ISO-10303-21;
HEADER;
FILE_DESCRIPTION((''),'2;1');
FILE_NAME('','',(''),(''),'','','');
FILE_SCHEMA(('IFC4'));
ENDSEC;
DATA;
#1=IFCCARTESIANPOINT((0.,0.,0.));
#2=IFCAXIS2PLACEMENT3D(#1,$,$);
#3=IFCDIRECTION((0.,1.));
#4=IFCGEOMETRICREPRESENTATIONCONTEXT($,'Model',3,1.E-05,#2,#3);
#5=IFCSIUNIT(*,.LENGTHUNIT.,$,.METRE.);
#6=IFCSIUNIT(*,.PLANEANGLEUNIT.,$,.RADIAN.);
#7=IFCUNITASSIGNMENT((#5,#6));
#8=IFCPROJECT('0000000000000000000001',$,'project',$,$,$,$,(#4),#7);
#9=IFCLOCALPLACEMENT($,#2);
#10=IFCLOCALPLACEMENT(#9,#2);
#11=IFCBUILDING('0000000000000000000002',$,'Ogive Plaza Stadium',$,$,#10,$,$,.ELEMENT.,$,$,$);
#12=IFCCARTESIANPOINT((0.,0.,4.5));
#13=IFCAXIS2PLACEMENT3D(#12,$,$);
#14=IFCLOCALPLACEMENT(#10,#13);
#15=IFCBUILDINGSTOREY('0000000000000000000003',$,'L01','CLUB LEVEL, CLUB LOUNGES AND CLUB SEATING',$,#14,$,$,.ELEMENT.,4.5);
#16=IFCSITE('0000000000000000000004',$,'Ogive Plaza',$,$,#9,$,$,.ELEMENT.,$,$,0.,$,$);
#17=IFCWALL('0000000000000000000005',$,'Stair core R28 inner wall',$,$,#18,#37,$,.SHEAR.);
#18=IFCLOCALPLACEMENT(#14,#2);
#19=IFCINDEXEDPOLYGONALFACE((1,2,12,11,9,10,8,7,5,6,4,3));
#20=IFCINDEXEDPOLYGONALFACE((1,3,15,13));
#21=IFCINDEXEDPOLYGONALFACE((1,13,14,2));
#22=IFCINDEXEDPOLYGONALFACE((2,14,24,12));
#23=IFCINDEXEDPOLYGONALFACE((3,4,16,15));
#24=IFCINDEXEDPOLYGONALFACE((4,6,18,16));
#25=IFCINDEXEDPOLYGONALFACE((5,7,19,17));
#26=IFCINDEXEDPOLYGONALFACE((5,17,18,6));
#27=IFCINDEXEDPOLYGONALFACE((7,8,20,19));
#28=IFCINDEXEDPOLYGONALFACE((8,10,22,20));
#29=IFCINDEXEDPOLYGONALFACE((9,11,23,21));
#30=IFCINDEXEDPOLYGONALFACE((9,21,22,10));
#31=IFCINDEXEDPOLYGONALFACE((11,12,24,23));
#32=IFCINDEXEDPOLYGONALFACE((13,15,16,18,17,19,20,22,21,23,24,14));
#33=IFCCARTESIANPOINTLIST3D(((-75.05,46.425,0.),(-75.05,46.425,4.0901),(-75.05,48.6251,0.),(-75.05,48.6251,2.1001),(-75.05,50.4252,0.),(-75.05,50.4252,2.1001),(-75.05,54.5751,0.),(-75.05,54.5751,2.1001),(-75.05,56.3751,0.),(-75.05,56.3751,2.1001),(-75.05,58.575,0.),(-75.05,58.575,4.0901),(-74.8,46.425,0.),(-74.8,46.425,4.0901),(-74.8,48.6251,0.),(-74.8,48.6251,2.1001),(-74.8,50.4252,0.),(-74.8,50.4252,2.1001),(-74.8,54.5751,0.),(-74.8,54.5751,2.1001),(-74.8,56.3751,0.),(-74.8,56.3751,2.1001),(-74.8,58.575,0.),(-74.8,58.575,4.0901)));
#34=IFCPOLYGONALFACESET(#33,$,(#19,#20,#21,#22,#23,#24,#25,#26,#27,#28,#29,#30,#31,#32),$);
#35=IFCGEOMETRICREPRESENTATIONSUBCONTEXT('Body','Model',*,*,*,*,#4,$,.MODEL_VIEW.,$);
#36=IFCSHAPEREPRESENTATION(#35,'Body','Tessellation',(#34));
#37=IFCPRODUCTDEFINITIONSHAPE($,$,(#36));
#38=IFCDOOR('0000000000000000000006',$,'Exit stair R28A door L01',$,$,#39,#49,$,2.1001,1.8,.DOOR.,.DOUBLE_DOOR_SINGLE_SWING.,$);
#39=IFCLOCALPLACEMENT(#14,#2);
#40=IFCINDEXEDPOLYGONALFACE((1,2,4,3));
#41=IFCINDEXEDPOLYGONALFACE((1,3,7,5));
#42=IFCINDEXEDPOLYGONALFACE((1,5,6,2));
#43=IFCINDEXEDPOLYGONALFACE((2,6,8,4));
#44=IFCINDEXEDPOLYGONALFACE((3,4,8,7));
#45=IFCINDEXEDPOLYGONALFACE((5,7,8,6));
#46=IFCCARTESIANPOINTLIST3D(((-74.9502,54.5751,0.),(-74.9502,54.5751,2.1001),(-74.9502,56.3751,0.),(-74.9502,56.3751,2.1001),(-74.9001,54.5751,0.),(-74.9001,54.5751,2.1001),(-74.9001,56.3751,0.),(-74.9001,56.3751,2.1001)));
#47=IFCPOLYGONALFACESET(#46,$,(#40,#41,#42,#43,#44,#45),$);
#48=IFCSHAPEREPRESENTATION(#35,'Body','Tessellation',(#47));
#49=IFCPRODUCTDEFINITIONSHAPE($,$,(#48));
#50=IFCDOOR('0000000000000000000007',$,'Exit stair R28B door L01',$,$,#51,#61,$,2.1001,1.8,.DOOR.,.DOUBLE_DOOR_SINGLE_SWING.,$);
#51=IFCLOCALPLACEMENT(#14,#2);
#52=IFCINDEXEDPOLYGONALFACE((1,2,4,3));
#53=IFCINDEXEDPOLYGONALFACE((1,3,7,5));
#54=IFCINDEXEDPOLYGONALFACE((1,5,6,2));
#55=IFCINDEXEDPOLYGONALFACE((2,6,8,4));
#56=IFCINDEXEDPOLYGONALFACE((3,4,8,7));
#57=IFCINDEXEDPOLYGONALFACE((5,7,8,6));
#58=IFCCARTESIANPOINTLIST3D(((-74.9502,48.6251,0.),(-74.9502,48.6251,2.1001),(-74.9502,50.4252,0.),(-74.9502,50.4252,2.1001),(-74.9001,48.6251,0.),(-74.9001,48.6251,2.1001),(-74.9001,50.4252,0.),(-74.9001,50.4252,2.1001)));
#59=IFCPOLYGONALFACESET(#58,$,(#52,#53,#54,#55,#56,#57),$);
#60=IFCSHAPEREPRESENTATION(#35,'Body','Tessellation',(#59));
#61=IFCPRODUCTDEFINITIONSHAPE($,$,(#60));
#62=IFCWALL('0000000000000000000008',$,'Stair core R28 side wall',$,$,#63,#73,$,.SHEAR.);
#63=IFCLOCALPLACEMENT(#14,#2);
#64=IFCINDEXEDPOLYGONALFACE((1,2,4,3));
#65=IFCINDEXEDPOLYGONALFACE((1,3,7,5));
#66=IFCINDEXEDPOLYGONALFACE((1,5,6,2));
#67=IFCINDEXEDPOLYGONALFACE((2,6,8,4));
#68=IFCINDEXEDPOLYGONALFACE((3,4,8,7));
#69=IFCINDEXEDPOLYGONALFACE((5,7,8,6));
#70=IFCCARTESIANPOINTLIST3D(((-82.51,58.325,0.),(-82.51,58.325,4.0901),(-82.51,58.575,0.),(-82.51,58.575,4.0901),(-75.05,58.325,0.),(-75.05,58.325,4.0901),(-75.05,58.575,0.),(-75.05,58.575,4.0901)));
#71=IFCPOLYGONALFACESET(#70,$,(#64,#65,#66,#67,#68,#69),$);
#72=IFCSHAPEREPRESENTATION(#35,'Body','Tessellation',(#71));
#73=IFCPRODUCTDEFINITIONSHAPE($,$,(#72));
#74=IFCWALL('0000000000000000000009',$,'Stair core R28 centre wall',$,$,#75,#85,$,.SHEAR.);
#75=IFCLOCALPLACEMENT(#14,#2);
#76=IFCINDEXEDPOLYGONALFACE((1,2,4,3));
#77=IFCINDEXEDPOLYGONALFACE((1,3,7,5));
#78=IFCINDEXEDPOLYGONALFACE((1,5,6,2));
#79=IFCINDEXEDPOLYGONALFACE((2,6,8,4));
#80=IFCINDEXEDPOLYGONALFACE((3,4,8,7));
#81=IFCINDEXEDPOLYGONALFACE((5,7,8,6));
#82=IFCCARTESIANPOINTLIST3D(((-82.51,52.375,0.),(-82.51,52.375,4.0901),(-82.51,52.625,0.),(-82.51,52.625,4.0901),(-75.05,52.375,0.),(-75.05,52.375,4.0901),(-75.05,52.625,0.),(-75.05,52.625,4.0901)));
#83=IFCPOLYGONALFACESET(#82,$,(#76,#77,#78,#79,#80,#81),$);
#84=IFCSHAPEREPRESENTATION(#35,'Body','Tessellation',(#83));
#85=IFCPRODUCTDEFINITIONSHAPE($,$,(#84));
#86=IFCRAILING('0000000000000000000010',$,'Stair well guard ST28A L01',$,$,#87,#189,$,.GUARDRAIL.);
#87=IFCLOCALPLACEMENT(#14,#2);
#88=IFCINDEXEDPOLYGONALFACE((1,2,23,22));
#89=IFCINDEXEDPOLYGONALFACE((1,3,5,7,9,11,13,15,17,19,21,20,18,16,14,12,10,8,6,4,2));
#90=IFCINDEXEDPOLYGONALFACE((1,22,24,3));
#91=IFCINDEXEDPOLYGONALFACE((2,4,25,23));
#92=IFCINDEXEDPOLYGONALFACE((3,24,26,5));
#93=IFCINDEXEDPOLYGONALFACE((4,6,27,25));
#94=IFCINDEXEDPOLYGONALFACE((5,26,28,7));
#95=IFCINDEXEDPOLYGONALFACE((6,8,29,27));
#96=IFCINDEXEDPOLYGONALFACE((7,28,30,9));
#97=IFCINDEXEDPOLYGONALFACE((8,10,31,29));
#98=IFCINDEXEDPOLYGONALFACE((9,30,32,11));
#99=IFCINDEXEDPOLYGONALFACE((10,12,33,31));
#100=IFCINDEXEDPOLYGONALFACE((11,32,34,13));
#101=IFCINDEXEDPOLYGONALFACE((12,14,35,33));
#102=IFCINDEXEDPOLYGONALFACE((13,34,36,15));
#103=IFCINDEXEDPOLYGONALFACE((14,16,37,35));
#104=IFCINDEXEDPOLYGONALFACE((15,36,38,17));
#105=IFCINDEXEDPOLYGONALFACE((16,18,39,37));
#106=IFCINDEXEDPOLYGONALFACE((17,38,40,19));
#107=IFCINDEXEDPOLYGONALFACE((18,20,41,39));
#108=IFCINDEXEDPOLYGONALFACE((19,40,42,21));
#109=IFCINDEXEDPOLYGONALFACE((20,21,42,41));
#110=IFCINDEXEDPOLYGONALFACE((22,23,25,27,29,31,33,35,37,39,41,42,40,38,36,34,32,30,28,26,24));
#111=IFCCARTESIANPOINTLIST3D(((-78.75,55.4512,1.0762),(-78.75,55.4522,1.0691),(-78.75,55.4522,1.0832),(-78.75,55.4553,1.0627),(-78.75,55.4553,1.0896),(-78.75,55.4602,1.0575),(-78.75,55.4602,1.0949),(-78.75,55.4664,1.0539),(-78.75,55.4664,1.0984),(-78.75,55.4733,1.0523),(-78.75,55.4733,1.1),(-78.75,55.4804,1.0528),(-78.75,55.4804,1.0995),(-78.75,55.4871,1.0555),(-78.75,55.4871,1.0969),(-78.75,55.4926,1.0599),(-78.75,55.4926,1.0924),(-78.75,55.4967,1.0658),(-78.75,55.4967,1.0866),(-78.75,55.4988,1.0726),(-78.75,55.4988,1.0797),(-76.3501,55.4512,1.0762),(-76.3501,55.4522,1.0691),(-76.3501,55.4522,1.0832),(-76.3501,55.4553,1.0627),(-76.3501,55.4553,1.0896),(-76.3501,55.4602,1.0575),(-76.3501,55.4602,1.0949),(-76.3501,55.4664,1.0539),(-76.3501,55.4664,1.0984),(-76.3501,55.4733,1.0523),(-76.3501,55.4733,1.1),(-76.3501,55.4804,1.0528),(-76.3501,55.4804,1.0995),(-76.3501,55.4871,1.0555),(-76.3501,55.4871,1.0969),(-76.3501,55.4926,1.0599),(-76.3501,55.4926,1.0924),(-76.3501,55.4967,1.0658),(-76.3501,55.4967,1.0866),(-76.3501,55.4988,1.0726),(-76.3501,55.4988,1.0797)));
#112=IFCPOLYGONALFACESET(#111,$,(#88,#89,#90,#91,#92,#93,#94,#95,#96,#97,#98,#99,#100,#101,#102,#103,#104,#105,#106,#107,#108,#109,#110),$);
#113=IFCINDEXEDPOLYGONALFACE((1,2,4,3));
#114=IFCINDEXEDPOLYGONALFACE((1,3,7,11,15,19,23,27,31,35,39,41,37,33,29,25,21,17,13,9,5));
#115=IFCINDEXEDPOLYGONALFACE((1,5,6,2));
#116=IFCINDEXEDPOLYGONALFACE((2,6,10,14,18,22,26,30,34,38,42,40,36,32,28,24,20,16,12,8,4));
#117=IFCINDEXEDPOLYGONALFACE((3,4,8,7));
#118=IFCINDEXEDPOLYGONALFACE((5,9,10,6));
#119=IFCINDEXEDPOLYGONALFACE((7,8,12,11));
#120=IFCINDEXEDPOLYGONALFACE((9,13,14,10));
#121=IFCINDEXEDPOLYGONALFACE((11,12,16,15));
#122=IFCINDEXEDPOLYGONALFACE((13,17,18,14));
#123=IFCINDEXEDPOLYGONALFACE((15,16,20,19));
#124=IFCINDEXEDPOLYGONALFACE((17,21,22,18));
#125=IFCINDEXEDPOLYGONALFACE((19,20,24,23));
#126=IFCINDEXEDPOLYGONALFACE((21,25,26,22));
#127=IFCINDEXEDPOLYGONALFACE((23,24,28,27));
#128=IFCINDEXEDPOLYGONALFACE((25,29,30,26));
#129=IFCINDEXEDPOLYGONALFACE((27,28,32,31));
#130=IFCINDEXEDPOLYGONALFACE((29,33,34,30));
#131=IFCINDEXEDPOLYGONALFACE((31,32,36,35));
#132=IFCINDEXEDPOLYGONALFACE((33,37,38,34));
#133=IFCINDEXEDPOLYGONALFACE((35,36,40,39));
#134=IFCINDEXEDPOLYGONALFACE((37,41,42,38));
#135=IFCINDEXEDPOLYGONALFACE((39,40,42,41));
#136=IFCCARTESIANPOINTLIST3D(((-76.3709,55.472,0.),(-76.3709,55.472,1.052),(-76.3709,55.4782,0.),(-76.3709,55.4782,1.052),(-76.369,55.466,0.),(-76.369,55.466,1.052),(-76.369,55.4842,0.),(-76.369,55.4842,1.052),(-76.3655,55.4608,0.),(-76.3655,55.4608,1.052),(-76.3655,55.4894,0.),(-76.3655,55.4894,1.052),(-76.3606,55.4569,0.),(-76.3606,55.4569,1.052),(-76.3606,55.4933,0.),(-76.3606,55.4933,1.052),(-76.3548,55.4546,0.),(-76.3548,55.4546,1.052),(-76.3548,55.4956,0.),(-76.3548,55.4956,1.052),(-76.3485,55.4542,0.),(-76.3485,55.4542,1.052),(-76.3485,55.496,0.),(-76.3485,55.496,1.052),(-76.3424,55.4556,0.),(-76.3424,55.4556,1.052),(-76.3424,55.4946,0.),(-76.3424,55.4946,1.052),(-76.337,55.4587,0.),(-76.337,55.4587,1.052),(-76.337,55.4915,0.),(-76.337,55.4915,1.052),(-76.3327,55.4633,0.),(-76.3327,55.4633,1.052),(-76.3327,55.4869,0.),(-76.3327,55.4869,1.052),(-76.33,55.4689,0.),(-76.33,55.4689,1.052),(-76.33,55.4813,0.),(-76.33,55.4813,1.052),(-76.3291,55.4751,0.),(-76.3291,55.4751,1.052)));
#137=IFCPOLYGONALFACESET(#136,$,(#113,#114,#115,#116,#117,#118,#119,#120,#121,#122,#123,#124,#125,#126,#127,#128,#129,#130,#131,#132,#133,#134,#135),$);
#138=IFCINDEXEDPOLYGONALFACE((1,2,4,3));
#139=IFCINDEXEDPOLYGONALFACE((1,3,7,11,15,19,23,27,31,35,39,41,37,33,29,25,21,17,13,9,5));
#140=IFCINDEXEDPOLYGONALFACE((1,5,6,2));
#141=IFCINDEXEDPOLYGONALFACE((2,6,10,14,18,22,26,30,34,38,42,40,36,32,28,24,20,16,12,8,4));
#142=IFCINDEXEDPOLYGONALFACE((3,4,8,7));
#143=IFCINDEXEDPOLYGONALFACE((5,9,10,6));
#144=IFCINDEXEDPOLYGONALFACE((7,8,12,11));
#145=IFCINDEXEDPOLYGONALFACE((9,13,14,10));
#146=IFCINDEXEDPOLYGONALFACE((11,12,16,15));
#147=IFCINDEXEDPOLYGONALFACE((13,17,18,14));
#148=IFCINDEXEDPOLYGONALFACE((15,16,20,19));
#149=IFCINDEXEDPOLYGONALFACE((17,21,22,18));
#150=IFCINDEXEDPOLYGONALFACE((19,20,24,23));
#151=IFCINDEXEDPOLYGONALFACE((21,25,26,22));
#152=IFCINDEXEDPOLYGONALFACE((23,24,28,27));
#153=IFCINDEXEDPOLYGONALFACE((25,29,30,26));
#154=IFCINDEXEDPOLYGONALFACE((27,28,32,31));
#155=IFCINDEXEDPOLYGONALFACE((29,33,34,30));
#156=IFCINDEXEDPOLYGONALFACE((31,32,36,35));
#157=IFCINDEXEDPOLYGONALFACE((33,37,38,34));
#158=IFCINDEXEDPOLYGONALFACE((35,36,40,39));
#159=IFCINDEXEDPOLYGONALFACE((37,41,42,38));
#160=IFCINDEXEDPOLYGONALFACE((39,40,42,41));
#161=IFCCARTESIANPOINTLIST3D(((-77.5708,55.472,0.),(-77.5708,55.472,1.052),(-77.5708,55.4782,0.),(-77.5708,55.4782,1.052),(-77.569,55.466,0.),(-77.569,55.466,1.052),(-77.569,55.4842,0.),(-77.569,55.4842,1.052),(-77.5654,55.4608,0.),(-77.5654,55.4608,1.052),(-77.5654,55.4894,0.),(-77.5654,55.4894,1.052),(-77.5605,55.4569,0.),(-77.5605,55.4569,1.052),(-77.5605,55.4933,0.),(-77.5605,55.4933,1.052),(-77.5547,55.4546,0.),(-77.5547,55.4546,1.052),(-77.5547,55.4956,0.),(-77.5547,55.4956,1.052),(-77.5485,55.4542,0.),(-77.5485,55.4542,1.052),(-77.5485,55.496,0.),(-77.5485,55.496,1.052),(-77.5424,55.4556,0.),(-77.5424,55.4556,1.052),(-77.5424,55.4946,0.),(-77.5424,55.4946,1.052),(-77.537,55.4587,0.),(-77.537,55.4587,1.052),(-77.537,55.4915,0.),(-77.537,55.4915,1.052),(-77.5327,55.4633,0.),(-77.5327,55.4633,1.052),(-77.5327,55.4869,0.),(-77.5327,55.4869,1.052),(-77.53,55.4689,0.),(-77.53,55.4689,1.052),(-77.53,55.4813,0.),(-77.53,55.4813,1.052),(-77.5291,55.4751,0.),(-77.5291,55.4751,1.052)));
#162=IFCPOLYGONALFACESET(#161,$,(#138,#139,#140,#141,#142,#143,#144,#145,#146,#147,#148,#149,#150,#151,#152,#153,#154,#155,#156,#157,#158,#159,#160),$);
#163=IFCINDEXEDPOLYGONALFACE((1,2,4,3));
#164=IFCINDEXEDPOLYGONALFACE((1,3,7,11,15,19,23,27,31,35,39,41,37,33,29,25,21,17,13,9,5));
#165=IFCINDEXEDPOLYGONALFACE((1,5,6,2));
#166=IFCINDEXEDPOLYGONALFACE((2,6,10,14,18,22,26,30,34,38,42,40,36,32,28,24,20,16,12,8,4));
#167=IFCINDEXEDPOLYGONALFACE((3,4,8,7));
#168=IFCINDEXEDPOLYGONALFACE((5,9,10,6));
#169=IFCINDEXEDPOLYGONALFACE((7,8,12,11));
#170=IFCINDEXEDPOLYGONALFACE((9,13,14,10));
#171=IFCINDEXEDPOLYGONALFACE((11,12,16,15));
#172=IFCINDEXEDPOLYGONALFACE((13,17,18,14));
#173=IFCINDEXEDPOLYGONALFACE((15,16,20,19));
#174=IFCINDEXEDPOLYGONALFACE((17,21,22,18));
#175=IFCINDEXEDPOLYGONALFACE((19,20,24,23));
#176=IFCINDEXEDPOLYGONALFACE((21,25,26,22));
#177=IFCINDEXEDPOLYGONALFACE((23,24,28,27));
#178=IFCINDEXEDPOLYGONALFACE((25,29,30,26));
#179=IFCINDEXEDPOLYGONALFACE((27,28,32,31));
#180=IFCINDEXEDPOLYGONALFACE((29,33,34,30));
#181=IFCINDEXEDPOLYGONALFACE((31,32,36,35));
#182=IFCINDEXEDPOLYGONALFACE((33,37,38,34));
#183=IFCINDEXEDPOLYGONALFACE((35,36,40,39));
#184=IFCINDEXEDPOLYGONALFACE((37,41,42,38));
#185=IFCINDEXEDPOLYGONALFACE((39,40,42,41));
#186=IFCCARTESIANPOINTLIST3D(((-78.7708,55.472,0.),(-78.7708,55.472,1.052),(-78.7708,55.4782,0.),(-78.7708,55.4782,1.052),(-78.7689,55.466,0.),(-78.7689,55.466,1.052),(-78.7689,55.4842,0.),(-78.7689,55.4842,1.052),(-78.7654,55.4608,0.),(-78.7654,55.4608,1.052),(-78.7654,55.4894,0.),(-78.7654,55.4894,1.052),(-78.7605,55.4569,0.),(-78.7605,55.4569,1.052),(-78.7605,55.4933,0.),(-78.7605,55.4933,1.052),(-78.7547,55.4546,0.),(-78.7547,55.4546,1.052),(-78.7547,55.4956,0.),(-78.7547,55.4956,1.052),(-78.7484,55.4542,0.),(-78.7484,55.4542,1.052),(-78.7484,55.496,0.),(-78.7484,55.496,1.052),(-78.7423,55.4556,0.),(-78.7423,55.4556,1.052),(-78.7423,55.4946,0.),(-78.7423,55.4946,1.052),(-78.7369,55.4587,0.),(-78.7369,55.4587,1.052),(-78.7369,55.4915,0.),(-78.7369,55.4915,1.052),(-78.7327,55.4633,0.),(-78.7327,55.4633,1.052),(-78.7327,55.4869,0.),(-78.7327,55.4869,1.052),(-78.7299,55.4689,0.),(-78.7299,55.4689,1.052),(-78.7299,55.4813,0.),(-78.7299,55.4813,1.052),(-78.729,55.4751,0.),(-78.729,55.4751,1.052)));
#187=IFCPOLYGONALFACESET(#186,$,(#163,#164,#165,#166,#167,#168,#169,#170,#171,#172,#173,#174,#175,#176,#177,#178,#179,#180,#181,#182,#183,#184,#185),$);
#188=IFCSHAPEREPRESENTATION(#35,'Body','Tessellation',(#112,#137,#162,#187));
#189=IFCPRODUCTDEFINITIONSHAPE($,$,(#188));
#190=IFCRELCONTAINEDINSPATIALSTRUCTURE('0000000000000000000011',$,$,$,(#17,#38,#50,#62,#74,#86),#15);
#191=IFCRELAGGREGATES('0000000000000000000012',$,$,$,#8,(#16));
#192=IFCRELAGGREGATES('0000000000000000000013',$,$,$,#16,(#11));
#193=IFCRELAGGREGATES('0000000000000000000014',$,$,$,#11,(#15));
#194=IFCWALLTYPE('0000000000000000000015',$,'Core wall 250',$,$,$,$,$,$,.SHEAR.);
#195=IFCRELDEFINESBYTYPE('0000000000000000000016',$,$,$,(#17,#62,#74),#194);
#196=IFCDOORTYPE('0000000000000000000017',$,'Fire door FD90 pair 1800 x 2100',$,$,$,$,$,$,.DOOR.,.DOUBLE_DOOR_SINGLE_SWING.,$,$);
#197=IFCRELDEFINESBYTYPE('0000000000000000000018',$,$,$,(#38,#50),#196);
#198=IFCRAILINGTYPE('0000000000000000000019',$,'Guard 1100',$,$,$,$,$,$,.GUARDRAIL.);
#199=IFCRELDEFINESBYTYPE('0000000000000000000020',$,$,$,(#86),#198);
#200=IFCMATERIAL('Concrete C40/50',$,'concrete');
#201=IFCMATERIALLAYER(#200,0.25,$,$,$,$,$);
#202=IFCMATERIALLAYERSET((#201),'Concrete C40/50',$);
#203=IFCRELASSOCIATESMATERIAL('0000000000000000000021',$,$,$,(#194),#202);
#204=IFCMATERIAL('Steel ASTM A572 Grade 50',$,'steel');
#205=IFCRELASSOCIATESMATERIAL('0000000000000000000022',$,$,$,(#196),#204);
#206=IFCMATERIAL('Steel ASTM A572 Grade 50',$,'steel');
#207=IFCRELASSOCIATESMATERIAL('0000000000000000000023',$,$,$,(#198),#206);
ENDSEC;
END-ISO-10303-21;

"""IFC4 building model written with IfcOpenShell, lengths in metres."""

from ifc_helpers import new_model, si_unit, direction, frame, frame_2d, origin, origin_2d, place, context, subcontext, project, spatial, rectangle, circle, extrude, material, layer, layer_set, type_object, element, fill, save


model = new_model("IFC4")

# Units and contexts
model_context = context("Model", 3, precision=1e-05, world=origin(), true_north=direction((0.0, 1.0)))
body_context = subcontext(model_context, "Body", "Model", "MODEL_VIEW")
ifc_project = project(units=[si_unit("LENGTHUNIT", "METRE"), si_unit("PLANEANGLEUNIT", "RADIAN")], contexts=[model_context])

# Site, building, storey
site_placement = place(None, origin())
site = spatial("IfcSite", under=ifc_project, at=site_placement, Name="Ogive Plaza", CompositionType="ELEMENT", RefElevation=0.0)
building_placement = place(site_placement, origin())
building = spatial("IfcBuilding", under=site, at=building_placement, Name="Ogive Plaza Stadium", CompositionType="ELEMENT")
storey_placement = place(building_placement, frame((0.0, 0.0, 4.5)))
storey = spatial("IfcBuildingStorey", under=building, at=storey_placement, Name="L01", Description="CLUB LEVEL, CLUB LOUNGES AND CLUB SEATING", CompositionType="ELEMENT", Elevation=4.5)

# Wall, openings, doors
ifc_material_1 = material(Name="Concrete C40/50", Category="concrete")
ifc_layer_1 = layer(ifc_material_1, 0.25)
ifc_layer_set_1 = layer_set([ifc_layer_1], Name="Concrete C40/50")
wall_type_1 = type_object("IfcWallType", Name="Core wall 250", PredefinedType="SHEAR", material=ifc_layer_set_1)
wall_1_placement = place(storey_placement, frame((-74.925, 58.575, 0.0), z_axis=(0.0, 0.0, 1.0), x_axis=(0.0, -1.0, 0.0)))
wall_1 = element("IfcWall", 1, at=wall_1_placement, inside=storey, type_object=wall_type_1, Name="Stair core R28 inner wall", PredefinedType="SHEAR", context=body_context, shape_type="SweptSolid", body=[
    extrude(rectangle(XDim=12.1499, YDim=0.25, at=frame_2d((6.075, 0.0))), origin(), (0.0, 0.0, 1.0), 4.0901),
])
opening_1_placement = place(wall_1_placement, frame((2.2, 0.0, 0.0)))
opening_1 = element("IfcOpeningElement", 2, at=opening_1_placement, cuts=wall_1, PredefinedType="OPENING", context=body_context, shape_type="SweptSolid", body=[
    extrude(rectangle(XDim=1.8, YDim=2.1001, at=frame_2d((0.8999, 1.05))), frame((0.0, 0.125, 0.0), z_axis=(0.0, -1.0, 0.0), x_axis=(1.0, 0.0, 0.0)), (0.0, 0.0, 1.0), 0.25),
])
opening_2_placement = place(wall_1_placement, frame((8.1499, 0.0, 0.0)))
opening_2 = element("IfcOpeningElement", 3, at=opening_2_placement, cuts=wall_1, PredefinedType="OPENING", context=body_context, shape_type="SweptSolid", body=[
    extrude(rectangle(XDim=1.8, YDim=2.1001, at=frame_2d((0.8999, 1.05))), frame((0.0, 0.125, 0.0), z_axis=(0.0, -1.0, 0.0), x_axis=(1.0, 0.0, 0.0)), (0.0, 0.0, 1.0), 0.25),
])
ifc_material_2 = material(Name="Steel ASTM A572 Grade 50", Category="steel")
door_type_1 = type_object("IfcDoorType", Name="Fire door FD90 pair 1800 x 2100", OperationType="DOUBLE_DOOR_SINGLE_SWING", PredefinedType="DOOR", material=ifc_material_2)
door_1_placement = place(opening_1_placement, origin())
door_1 = element("IfcDoor", 4, at=door_1_placement, inside=storey, type_object=door_type_1, Name="Exit stair R28A door L01", OperationType="DOUBLE_DOOR_SINGLE_SWING", OverallHeight=2.1001, OverallWidth=1.8, PredefinedType="DOOR", context=body_context, shape_type="SweptSolid", body=[
    extrude(rectangle(XDim=1.8, YDim=2.1001, at=frame_2d((0.8999, 1.05))), frame((0.0, 0.0249, 0.0), z_axis=(0.0, -1.0, 0.0), x_axis=(1.0, 0.0, 0.0)), (0.0, 0.0, 1.0), 0.05),
])
fill(opening_1, door_1)
door_2_placement = place(opening_2_placement, origin())
door_2 = element("IfcDoor", 5, at=door_2_placement, inside=storey, type_object=door_type_1, Name="Exit stair R28B door L01", OperationType="DOUBLE_DOOR_SINGLE_SWING", OverallHeight=2.1001, OverallWidth=1.8, PredefinedType="DOOR", context=body_context, shape_type="SweptSolid", body=[
    extrude(rectangle(XDim=1.8, YDim=2.1001, at=frame_2d((0.8999, 1.05))), frame((0.0, 0.0249, 0.0), z_axis=(0.0, -1.0, 0.0), x_axis=(1.0, 0.0, 0.0)), (0.0, 0.0, 1.0), 0.05),
])
fill(opening_2, door_2)

# Walls
for number, where, z_axis, x_axis, name in (
    (6, (-75.05, 58.45, 0.0), (0.0, 0.0, 1.0), (-1.0, 0.0, 0.0), "Stair core R28 side wall"),
    (7, (-75.05, 52.5, 0.0), (0.0, 0.0, 1.0), (-1.0, 0.0, 0.0), "Stair core R28 centre wall"),
):
    element("IfcWall", number, at=place(storey_placement, frame(where, z_axis=z_axis, x_axis=x_axis)), inside=storey, type_object=wall_type_1, Name=name, PredefinedType="SHEAR", context=body_context, shape_type="SweptSolid", body=[
        extrude(rectangle(XDim=7.46, YDim=0.25, at=frame_2d((3.73, 0.0))), origin(), (0.0, 0.0, 1.0), 4.0901),
    ])

# Railing
ifc_material_3 = material(Name="Steel ASTM A572 Grade 50", Category="steel")
railing_type_1 = type_object("IfcRailingType", Name="Guard 1100", PredefinedType="GUARDRAIL", material=ifc_material_3)
for number, where, name in (
    (8, (-76.3501, 55.4751, 0.0), "Stair well guard ST28A L01"),
):
    element("IfcRailing", number, at=place(storey_placement, frame(where)), inside=storey, type_object=railing_type_1, Name=name, PredefinedType="GUARDRAIL", context=body_context, shape_type="SweptSolid", body=[
        extrude(circle(Radius=0.0239, at=origin_2d()), frame((0.0, 0.0, 1.0762), z_axis=(-1.0, 0.0, 0.0), x_axis=(0.0, -1.0, 0.0)), (0.0, 0.0, 1.0), 2.3999),
        extrude(circle(Radius=0.021, at=origin_2d()), origin(), (0.0, 0.0, 1.0), 1.052),
        extrude(circle(Radius=0.021, at=origin_2d()), frame((-1.2, 0.0, 0.0)), (0.0, 0.0, 1.0), 1.052),
        extrude(circle(Radius=0.021, at=origin_2d()), frame((-2.3999, 0.0, 0.0)), (0.0, 0.0, 1.0), 1.052),
    ])

save(model, "model.ifc")
